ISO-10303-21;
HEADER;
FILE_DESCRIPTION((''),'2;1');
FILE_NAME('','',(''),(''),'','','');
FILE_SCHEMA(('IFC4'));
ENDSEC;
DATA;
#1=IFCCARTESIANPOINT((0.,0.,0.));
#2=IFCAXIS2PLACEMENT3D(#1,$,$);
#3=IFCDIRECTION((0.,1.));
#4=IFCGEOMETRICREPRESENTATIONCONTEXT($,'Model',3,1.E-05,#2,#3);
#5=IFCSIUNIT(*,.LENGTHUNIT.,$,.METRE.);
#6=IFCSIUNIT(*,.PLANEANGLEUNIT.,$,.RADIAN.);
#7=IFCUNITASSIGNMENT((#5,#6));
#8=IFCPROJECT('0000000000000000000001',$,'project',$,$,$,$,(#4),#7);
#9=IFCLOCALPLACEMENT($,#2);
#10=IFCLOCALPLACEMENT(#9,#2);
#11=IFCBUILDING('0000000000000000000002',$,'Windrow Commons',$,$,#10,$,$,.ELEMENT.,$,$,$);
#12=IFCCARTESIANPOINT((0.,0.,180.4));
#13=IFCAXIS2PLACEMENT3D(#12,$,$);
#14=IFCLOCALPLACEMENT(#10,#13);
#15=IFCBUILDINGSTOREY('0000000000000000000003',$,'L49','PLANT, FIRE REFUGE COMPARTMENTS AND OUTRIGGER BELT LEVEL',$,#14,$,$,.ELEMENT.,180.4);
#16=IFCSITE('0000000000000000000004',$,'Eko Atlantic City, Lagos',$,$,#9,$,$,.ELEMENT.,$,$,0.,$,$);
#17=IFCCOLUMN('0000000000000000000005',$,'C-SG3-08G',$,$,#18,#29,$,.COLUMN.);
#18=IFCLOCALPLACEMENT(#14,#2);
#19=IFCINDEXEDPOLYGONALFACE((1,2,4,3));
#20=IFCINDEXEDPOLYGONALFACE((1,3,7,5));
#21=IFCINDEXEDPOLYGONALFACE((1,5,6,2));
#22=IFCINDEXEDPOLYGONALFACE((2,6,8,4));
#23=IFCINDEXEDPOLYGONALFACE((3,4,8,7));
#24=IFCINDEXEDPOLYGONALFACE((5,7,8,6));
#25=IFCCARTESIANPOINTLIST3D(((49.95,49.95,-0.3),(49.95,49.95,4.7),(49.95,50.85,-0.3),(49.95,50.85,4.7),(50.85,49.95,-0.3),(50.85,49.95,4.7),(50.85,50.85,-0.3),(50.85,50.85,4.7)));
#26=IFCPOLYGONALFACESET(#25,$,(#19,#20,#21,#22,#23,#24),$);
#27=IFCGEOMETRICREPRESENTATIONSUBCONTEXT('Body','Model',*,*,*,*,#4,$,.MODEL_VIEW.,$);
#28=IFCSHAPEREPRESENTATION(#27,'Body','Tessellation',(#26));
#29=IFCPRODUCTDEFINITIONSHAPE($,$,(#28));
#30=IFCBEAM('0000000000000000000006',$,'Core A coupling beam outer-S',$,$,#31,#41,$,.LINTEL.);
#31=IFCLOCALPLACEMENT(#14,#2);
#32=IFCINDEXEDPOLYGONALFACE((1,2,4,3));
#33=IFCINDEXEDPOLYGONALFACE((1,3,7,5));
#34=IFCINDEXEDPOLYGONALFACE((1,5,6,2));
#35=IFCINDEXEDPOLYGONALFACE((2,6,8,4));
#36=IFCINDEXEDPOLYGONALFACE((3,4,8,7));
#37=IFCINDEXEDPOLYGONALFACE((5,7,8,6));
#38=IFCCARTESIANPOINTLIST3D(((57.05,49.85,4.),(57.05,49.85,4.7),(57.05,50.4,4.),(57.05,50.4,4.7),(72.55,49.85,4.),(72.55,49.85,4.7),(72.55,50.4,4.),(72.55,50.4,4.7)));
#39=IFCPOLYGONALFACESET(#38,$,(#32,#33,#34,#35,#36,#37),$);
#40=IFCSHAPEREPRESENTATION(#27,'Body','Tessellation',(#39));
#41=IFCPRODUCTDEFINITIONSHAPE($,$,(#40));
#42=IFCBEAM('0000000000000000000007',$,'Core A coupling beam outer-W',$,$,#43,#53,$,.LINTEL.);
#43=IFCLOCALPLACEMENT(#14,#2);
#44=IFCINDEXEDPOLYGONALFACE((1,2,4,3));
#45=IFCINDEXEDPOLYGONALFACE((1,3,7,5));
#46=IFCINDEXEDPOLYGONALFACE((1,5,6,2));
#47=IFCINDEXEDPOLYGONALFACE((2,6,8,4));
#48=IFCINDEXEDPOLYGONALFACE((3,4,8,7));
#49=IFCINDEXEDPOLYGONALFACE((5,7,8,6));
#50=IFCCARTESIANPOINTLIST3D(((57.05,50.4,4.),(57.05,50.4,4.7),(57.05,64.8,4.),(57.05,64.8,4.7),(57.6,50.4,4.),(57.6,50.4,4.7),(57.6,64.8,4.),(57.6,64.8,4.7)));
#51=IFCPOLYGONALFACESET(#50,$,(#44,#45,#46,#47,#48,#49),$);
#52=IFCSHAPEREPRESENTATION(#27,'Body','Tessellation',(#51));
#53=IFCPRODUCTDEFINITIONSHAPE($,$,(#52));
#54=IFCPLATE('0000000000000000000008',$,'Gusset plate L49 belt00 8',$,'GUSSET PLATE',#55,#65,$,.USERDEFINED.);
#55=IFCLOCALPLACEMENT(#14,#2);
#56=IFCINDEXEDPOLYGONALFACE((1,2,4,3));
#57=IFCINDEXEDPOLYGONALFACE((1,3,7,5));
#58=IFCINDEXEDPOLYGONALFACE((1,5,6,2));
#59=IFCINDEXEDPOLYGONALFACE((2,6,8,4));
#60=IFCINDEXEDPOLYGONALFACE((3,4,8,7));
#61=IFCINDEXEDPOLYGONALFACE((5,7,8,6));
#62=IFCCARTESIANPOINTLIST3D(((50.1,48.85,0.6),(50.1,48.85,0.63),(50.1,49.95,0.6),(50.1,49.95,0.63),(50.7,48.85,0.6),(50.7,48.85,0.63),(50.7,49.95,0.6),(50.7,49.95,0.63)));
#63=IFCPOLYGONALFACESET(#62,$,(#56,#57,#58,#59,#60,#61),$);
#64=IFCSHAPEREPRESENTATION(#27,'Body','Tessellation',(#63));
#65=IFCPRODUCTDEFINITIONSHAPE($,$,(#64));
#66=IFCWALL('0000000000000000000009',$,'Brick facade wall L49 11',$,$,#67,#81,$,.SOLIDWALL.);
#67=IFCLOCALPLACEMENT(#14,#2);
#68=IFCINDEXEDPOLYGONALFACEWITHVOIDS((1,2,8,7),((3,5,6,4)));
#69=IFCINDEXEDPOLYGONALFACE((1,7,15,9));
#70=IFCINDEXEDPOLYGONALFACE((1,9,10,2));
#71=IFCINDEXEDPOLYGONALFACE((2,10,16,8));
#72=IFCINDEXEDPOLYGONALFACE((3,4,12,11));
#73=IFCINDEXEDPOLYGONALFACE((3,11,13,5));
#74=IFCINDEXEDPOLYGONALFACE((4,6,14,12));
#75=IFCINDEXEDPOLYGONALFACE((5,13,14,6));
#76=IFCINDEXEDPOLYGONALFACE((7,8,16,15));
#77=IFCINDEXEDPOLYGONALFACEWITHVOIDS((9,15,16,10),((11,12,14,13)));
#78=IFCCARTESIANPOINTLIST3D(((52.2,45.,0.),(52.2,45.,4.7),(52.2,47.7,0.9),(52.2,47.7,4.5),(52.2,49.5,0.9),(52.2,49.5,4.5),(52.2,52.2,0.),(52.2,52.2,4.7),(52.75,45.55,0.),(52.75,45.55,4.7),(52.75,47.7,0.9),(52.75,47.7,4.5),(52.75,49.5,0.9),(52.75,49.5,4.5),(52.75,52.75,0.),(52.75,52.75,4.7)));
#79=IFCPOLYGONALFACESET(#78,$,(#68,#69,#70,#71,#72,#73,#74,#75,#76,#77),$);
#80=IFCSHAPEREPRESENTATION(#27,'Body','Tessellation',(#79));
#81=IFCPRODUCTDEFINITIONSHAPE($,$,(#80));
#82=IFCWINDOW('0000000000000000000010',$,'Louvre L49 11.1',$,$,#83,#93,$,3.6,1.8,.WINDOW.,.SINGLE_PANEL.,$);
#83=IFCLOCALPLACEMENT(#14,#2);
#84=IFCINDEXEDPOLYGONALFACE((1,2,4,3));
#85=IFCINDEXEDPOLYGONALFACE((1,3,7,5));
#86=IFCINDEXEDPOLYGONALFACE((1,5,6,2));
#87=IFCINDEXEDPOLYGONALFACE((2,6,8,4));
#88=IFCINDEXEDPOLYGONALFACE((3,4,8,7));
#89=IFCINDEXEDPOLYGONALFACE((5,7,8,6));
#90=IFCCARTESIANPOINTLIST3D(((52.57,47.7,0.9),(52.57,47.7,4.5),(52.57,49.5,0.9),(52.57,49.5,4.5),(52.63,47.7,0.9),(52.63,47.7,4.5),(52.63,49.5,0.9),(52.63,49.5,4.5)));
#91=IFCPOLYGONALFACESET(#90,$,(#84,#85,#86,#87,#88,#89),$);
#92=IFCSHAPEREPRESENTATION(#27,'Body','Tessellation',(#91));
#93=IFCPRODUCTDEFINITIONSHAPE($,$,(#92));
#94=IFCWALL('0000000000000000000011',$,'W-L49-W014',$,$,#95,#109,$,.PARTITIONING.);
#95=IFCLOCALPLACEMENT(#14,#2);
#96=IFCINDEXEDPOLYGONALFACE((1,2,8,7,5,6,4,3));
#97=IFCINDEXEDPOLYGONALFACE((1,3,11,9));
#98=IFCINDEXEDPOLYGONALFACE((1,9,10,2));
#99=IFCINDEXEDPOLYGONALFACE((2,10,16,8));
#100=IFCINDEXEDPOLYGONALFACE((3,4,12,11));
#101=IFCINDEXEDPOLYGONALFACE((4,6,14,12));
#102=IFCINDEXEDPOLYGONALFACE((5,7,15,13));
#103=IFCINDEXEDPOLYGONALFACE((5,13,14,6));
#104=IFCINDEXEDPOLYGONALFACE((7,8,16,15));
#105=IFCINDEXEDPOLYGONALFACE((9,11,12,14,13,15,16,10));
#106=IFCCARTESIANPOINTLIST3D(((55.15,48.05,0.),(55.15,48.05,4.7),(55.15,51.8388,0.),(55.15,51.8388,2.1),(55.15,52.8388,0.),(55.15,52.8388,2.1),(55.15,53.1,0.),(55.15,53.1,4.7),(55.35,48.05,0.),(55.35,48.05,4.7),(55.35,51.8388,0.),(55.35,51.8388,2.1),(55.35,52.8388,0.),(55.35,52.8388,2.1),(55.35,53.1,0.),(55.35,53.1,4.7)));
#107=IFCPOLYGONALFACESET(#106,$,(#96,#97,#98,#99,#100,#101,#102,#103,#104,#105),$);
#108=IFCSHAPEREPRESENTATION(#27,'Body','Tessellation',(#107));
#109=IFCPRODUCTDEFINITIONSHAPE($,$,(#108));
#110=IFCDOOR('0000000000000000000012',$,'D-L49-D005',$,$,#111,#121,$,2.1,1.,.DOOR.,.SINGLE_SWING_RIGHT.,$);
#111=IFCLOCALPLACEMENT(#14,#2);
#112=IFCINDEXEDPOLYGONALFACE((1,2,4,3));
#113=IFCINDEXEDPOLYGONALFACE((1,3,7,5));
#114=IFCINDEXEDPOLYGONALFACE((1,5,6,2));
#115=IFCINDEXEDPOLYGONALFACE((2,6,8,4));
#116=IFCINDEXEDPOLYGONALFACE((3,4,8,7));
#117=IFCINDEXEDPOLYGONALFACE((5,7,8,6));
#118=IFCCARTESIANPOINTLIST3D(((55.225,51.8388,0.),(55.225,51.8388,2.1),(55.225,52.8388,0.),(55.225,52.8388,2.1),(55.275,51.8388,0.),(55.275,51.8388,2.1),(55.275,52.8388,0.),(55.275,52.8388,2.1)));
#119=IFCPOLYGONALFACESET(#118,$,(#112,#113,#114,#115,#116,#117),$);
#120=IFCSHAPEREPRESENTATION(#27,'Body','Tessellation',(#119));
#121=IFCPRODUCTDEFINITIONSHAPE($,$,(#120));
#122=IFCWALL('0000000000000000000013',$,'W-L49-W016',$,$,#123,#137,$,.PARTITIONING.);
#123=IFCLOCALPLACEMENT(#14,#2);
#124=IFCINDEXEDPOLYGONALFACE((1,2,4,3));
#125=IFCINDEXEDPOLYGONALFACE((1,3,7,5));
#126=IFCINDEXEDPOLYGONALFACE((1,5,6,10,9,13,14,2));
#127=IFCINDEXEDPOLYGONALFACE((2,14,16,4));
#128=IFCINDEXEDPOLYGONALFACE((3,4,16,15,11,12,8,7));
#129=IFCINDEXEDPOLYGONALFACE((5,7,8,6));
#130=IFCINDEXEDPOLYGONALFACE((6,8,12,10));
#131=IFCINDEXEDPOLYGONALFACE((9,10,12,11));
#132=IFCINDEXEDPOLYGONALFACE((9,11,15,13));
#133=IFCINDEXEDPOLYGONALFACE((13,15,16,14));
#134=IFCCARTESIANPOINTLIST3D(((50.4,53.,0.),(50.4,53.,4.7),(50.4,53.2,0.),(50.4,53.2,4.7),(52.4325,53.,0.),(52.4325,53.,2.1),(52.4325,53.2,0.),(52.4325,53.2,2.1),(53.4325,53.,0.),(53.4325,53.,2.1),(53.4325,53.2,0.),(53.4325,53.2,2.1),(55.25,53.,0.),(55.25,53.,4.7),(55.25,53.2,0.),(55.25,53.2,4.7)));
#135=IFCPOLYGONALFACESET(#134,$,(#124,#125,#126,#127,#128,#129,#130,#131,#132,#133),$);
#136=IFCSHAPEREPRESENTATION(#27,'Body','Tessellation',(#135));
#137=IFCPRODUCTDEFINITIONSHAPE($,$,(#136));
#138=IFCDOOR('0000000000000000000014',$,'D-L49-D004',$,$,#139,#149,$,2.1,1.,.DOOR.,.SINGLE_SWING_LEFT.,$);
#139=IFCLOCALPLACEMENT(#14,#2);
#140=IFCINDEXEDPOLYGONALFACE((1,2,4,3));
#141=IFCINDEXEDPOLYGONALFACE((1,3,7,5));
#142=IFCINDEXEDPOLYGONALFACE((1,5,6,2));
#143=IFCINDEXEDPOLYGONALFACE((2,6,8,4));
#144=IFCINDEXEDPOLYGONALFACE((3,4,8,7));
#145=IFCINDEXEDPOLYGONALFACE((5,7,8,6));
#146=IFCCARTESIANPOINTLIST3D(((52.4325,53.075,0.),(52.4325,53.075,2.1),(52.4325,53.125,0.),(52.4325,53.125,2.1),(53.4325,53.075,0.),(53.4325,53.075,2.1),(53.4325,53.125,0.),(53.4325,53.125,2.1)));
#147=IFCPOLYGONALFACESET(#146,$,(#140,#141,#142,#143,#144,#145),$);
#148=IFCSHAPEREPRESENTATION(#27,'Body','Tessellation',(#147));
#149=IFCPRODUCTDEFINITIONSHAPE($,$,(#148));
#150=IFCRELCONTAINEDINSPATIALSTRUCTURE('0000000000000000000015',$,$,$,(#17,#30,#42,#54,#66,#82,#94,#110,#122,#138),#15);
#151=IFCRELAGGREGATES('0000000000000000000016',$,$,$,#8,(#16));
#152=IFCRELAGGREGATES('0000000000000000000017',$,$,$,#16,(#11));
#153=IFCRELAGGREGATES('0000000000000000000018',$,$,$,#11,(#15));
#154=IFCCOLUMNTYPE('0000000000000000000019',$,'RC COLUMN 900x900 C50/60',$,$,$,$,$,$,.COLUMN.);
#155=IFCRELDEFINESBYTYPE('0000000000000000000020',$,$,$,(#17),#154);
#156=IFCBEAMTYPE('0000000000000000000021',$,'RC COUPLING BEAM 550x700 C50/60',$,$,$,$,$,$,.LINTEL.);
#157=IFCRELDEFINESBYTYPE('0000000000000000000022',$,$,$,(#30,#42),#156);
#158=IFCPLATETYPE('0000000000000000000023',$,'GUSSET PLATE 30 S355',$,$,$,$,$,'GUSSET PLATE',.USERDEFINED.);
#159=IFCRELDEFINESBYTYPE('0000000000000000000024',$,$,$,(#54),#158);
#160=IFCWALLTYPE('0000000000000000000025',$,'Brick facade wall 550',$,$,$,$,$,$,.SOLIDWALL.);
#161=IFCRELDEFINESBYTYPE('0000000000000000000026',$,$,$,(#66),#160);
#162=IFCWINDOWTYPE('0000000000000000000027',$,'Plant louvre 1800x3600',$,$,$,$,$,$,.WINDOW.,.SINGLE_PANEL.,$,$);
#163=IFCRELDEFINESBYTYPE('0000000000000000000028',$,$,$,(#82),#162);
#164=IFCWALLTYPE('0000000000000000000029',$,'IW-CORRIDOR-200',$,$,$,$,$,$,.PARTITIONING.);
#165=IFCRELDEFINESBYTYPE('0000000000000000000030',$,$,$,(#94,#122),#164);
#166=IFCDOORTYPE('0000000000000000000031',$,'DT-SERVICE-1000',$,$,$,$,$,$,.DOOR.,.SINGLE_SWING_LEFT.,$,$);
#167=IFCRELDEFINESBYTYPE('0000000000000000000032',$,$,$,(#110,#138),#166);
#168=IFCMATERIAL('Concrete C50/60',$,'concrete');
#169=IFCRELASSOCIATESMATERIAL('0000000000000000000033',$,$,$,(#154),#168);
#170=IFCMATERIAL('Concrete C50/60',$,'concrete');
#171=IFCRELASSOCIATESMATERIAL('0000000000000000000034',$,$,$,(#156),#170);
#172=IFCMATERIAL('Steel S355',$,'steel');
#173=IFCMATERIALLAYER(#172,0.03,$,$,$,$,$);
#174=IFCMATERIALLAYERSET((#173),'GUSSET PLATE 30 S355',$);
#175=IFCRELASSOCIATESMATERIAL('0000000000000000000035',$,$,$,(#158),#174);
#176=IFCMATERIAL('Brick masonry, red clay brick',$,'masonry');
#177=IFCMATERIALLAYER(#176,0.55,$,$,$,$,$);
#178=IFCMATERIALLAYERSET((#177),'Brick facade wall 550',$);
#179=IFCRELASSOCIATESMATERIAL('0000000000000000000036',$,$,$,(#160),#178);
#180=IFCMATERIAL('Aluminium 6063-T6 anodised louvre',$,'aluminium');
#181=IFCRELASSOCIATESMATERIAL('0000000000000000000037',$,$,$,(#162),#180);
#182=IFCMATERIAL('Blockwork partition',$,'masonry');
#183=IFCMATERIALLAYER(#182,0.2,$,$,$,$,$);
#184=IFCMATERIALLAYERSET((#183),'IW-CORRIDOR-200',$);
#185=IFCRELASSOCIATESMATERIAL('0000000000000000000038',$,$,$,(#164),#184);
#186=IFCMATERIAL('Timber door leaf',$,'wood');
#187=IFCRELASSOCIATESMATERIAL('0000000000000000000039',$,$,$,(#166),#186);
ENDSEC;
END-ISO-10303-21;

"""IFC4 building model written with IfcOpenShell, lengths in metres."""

from ifc_helpers import new_model, si_unit, direction, frame, frame_2d, origin, origin_2d, place, context, subcontext, project, spatial, polyline, rectangle, outline, extrude, material, layer, layer_set, material_profile, profile_set, type_object, element, fill, save


model = new_model("IFC4")

# Units and contexts
model_context = context("Model", 3, precision=1e-05, world=origin(), true_north=direction((0.0, 1.0)))
body_context = subcontext(model_context, "Body", "Model", "MODEL_VIEW")
ifc_project = project(units=[si_unit("LENGTHUNIT", "METRE"), si_unit("PLANEANGLEUNIT", "RADIAN")], contexts=[model_context])

# Site, building, storey
site_placement = place(None, origin())
site = spatial("IfcSite", under=ifc_project, at=site_placement, Name="Eko Atlantic City, Lagos", CompositionType="ELEMENT", RefElevation=0.0)
building_placement = place(site_placement, origin())
building = spatial("IfcBuilding", under=site, at=building_placement, Name="Windrow Commons", CompositionType="ELEMENT")
storey_placement = place(building_placement, frame((0.0, 0.0, 180.4)))
storey = spatial("IfcBuildingStorey", under=building, at=storey_placement, Name="L49", Description="PLANT, FIRE REFUGE COMPARTMENTS AND OUTRIGGER BELT LEVEL", CompositionType="ELEMENT", Elevation=180.4)

# Column
ifc_material_1 = material(Name="Concrete C50/60", Category="concrete")
ifc_material_profile_1 = material_profile(ifc_material_1, rectangle(XDim=0.9, YDim=0.9, at=origin_2d()))
ifc_profile_set_1 = profile_set([ifc_material_profile_1], Name="Concrete C50/60")
column_type = type_object("IfcColumnType", Name="RC COLUMN 900x900 C50/60", PredefinedType="COLUMN", material=ifc_profile_set_1)
column_placement = place(storey_placement, frame((50.4, 50.4, -0.3), z_axis=(0.0, 0.0, 1.0), x_axis=(1.0, 0.0, 0.0)))
element("IfcColumn", 1, at=column_placement, inside=storey, type_object=column_type, Name="C-SG3-08G", PredefinedType="COLUMN", context=body_context, shape_type="SweptSolid", body=[
    extrude(rectangle(XDim=0.9, YDim=0.9, at=origin_2d()), origin(), (0.0, 0.0, 1.0), 5.0),
])

# Beams
ifc_material_2 = material(Name="Concrete C50/60", Category="concrete")
ifc_material_profile_2 = material_profile(ifc_material_2, rectangle(XDim=0.55, YDim=0.7, at=origin_2d()))
ifc_profile_set_2 = profile_set([ifc_material_profile_2], Name="Concrete C50/60")
beam_type = type_object("IfcBeamType", Name="RC COUPLING BEAM 550x700 C50/60", PredefinedType="LINTEL", material=ifc_profile_set_2)
beam_1_placement = place(storey_placement, frame((57.05, 50.125, 4.35), z_axis=(1.0, 0.0, 0.0), x_axis=(0.0, 1.0, 0.0)))
element("IfcBeam", 2, at=beam_1_placement, inside=storey, type_object=beam_type, Name="Core A coupling beam outer-S", PredefinedType="LINTEL", context=body_context, shape_type="SweptSolid", body=[
    extrude(rectangle(XDim=0.55, YDim=0.7, at=origin_2d()), origin(), (0.0, 0.0, 1.0), 15.5),
])
beam_2_placement = place(storey_placement, frame((57.325, 50.4, 4.35), z_axis=(0.0, 1.0, 0.0), x_axis=(-1.0, 0.0, 0.0)))
element("IfcBeam", 3, at=beam_2_placement, inside=storey, type_object=beam_type, Name="Core A coupling beam outer-W", PredefinedType="LINTEL", context=body_context, shape_type="SweptSolid", body=[
    extrude(rectangle(XDim=0.55, YDim=0.7, at=origin_2d()), origin(), (0.0, 0.0, 1.0), 14.4),
])

# Plate
ifc_material_3 = material(Name="Steel S355", Category="steel")
ifc_layer_1 = layer(ifc_material_3, 0.03)
ifc_layer_set_1 = layer_set([ifc_layer_1], Name="GUSSET PLATE 30 S355")
plate_type = type_object("IfcPlateType", Name="GUSSET PLATE 30 S355", ElementType="GUSSET PLATE", PredefinedType="USERDEFINED", material=ifc_layer_set_1)
plate_placement = place(storey_placement, frame((50.4, 49.4, 0.6), z_axis=(0.0, 0.0, 1.0), x_axis=(0.0, 1.0, 0.0)))
element("IfcPlate", 4, at=plate_placement, inside=storey, type_object=plate_type, Name="Gusset plate L49 belt00 8", ObjectType="GUSSET PLATE", PredefinedType="USERDEFINED", context=body_context, shape_type="SweptSolid", body=[
    extrude(rectangle(XDim=1.1, YDim=0.6, at=origin_2d()), origin(), (0.0, 0.0, 1.0), 0.03),
])

# Wall, opening, window
ifc_material_4 = material(Name="Brick masonry, red clay brick", Category="masonry")
ifc_layer_2 = layer(ifc_material_4, 0.55)
ifc_layer_set_2 = layer_set([ifc_layer_2], Name="Brick facade wall 550")
wall_type_1 = type_object("IfcWallType", Name="Brick facade wall 550", PredefinedType="SOLIDWALL", material=ifc_layer_set_2)
wall_1_placement = place(storey_placement, frame((52.475, 52.475, 0.0), z_axis=(0.0, 0.0, 1.0), x_axis=(0.0, -1.0, 0.0)))
wall_1 = element("IfcWall", 5, at=wall_1_placement, inside=storey, type_object=wall_type_1, Name="Brick facade wall L49 11", PredefinedType="SOLIDWALL", context=body_context, shape_type="SweptSolid", body=[
    extrude(outline(polyline([(0.275, -0.275), (7.475, -0.275), (6.925, 0.275), (-0.275, 0.275), (0.275, -0.275)])), origin(), (0.0, 0.0, 1.0), 4.7),
])
opening_1_placement = place(wall_1_placement, frame((2.975, 0.0, 0.9)))
opening_1 = element("IfcOpeningElement", 6, at=opening_1_placement, cuts=wall_1, PredefinedType="OPENING", context=body_context, shape_type="SweptSolid", body=[
    extrude(rectangle(XDim=1.8, YDim=3.6, at=frame_2d((0.9, 1.8))), frame((0.0, 0.285, 0.0), z_axis=(0.0, -1.0, 0.0), x_axis=(1.0, 0.0, 0.0)), (0.0, 0.0, 1.0), 0.57),
])
ifc_material_5 = material(Name="Aluminium 6063-T6 anodised louvre", Category="aluminium")
window_type = type_object("IfcWindowType", Name="Plant louvre 1800x3600", PartitioningType="SINGLE_PANEL", PredefinedType="WINDOW", material=ifc_material_5)
window_placement = place(opening_1_placement, origin())
window = element("IfcWindow", 7, at=window_placement, inside=storey, type_object=window_type, Name="Louvre L49 11.1", OverallHeight=3.6, OverallWidth=1.8, PartitioningType="SINGLE_PANEL", PredefinedType="WINDOW", context=body_context, shape_type="SweptSolid", body=[
    extrude(rectangle(XDim=1.8, YDim=3.6, at=frame_2d((0.9, 1.8))), frame((0.0, 0.155, 0.0), z_axis=(0.0, -1.0, 0.0), x_axis=(1.0, 0.0, 0.0)), (0.0, 0.0, 1.0), 0.06),
])
fill(opening_1, window)

# Walls, openings, doors
ifc_material_6 = material(Name="Blockwork partition", Category="masonry")
ifc_layer_3 = layer(ifc_material_6, 0.2)
ifc_layer_set_3 = layer_set([ifc_layer_3], Name="IW-CORRIDOR-200")
wall_type_2 = type_object("IfcWallType", Name="IW-CORRIDOR-200", PredefinedType="PARTITIONING", material=ifc_layer_set_3)
wall_2_placement = place(storey_placement, frame((55.25, 48.05, 0.0), z_axis=(0.0, 0.0, 1.0), x_axis=(0.0, 1.0, 0.0)))
wall_2 = element("IfcWall", 8, at=wall_2_placement, inside=storey, type_object=wall_type_2, Name="W-L49-W014", PredefinedType="PARTITIONING", context=body_context, shape_type="SweptSolid", body=[
    extrude(rectangle(XDim=5.05, YDim=0.2, at=frame_2d((2.525, 0.0))), origin(), (0.0, 0.0, 1.0), 4.7),
])
opening_2_placement = place(wall_2_placement, frame((3.7888, 0.0, 0.0)))
opening_2 = element("IfcOpeningElement", 9, at=opening_2_placement, cuts=wall_2, PredefinedType="OPENING", context=body_context, shape_type="SweptSolid", body=[
    extrude(rectangle(XDim=1.0, YDim=2.1, at=frame_2d((0.5, 1.05))), frame((0.0, 0.11, 0.0), z_axis=(0.0, -1.0, 0.0), x_axis=(1.0, 0.0, 0.0)), (0.0, 0.0, 1.0), 0.22),
])
ifc_material_7 = material(Name="Timber door leaf", Category="wood")
door_type_1 = type_object("IfcDoorType", Name="DT-SERVICE-1000", OperationType="SINGLE_SWING_LEFT", PredefinedType="DOOR", material=ifc_material_7)
door_1_placement = place(opening_2_placement, origin())
door_1 = element("IfcDoor", 10, at=door_1_placement, inside=storey, type_object=door_type_1, Name="D-L49-D005", OperationType="SINGLE_SWING_RIGHT", OverallHeight=2.1, OverallWidth=1.0, PredefinedType="DOOR", context=body_context, shape_type="SweptSolid", body=[
    extrude(rectangle(XDim=1.0, YDim=2.1, at=frame_2d((0.5, 1.05))), frame((0.0, 0.025, 0.0), z_axis=(0.0, -1.0, 0.0), x_axis=(1.0, 0.0, 0.0)), (0.0, 0.0, 1.0), 0.05),
])
fill(opening_2, door_1)
wall_3_placement = place(storey_placement, frame((50.4, 53.1, 0.0), z_axis=(0.0, 0.0, 1.0), x_axis=(1.0, 0.0, 0.0)))
wall_3 = element("IfcWall", 11, at=wall_3_placement, inside=storey, type_object=wall_type_2, Name="W-L49-W016", PredefinedType="PARTITIONING", context=body_context, shape_type="SweptSolid", body=[
    extrude(rectangle(XDim=4.85, YDim=0.2, at=frame_2d((2.425, 0.0))), origin(), (0.0, 0.0, 1.0), 4.7),
])
opening_3_placement = place(wall_3_placement, frame((2.0325, 0.0, 0.0)))
opening_3 = element("IfcOpeningElement", 12, at=opening_3_placement, cuts=wall_3, PredefinedType="OPENING", context=body_context, shape_type="SweptSolid", body=[
    extrude(rectangle(XDim=1.0, YDim=2.1, at=frame_2d((0.5, 1.05))), frame((0.0, 0.11, 0.0), z_axis=(0.0, -1.0, 0.0), x_axis=(1.0, 0.0, 0.0)), (0.0, 0.0, 1.0), 0.22),
])
door_2_placement = place(opening_3_placement, origin())
door_2 = element("IfcDoor", 13, at=door_2_placement, inside=storey, type_object=door_type_1, Name="D-L49-D004", OperationType="SINGLE_SWING_LEFT", OverallHeight=2.1, OverallWidth=1.0, PredefinedType="DOOR", context=body_context, shape_type="SweptSolid", body=[
    extrude(rectangle(XDim=1.0, YDim=2.1, at=frame_2d((0.5, 1.05))), frame((0.0, 0.025, 0.0), z_axis=(0.0, -1.0, 0.0), x_axis=(1.0, 0.0, 0.0)), (0.0, 0.0, 1.0), 0.05),
])
fill(opening_3, door_2)

save(model, "model.ifc")
